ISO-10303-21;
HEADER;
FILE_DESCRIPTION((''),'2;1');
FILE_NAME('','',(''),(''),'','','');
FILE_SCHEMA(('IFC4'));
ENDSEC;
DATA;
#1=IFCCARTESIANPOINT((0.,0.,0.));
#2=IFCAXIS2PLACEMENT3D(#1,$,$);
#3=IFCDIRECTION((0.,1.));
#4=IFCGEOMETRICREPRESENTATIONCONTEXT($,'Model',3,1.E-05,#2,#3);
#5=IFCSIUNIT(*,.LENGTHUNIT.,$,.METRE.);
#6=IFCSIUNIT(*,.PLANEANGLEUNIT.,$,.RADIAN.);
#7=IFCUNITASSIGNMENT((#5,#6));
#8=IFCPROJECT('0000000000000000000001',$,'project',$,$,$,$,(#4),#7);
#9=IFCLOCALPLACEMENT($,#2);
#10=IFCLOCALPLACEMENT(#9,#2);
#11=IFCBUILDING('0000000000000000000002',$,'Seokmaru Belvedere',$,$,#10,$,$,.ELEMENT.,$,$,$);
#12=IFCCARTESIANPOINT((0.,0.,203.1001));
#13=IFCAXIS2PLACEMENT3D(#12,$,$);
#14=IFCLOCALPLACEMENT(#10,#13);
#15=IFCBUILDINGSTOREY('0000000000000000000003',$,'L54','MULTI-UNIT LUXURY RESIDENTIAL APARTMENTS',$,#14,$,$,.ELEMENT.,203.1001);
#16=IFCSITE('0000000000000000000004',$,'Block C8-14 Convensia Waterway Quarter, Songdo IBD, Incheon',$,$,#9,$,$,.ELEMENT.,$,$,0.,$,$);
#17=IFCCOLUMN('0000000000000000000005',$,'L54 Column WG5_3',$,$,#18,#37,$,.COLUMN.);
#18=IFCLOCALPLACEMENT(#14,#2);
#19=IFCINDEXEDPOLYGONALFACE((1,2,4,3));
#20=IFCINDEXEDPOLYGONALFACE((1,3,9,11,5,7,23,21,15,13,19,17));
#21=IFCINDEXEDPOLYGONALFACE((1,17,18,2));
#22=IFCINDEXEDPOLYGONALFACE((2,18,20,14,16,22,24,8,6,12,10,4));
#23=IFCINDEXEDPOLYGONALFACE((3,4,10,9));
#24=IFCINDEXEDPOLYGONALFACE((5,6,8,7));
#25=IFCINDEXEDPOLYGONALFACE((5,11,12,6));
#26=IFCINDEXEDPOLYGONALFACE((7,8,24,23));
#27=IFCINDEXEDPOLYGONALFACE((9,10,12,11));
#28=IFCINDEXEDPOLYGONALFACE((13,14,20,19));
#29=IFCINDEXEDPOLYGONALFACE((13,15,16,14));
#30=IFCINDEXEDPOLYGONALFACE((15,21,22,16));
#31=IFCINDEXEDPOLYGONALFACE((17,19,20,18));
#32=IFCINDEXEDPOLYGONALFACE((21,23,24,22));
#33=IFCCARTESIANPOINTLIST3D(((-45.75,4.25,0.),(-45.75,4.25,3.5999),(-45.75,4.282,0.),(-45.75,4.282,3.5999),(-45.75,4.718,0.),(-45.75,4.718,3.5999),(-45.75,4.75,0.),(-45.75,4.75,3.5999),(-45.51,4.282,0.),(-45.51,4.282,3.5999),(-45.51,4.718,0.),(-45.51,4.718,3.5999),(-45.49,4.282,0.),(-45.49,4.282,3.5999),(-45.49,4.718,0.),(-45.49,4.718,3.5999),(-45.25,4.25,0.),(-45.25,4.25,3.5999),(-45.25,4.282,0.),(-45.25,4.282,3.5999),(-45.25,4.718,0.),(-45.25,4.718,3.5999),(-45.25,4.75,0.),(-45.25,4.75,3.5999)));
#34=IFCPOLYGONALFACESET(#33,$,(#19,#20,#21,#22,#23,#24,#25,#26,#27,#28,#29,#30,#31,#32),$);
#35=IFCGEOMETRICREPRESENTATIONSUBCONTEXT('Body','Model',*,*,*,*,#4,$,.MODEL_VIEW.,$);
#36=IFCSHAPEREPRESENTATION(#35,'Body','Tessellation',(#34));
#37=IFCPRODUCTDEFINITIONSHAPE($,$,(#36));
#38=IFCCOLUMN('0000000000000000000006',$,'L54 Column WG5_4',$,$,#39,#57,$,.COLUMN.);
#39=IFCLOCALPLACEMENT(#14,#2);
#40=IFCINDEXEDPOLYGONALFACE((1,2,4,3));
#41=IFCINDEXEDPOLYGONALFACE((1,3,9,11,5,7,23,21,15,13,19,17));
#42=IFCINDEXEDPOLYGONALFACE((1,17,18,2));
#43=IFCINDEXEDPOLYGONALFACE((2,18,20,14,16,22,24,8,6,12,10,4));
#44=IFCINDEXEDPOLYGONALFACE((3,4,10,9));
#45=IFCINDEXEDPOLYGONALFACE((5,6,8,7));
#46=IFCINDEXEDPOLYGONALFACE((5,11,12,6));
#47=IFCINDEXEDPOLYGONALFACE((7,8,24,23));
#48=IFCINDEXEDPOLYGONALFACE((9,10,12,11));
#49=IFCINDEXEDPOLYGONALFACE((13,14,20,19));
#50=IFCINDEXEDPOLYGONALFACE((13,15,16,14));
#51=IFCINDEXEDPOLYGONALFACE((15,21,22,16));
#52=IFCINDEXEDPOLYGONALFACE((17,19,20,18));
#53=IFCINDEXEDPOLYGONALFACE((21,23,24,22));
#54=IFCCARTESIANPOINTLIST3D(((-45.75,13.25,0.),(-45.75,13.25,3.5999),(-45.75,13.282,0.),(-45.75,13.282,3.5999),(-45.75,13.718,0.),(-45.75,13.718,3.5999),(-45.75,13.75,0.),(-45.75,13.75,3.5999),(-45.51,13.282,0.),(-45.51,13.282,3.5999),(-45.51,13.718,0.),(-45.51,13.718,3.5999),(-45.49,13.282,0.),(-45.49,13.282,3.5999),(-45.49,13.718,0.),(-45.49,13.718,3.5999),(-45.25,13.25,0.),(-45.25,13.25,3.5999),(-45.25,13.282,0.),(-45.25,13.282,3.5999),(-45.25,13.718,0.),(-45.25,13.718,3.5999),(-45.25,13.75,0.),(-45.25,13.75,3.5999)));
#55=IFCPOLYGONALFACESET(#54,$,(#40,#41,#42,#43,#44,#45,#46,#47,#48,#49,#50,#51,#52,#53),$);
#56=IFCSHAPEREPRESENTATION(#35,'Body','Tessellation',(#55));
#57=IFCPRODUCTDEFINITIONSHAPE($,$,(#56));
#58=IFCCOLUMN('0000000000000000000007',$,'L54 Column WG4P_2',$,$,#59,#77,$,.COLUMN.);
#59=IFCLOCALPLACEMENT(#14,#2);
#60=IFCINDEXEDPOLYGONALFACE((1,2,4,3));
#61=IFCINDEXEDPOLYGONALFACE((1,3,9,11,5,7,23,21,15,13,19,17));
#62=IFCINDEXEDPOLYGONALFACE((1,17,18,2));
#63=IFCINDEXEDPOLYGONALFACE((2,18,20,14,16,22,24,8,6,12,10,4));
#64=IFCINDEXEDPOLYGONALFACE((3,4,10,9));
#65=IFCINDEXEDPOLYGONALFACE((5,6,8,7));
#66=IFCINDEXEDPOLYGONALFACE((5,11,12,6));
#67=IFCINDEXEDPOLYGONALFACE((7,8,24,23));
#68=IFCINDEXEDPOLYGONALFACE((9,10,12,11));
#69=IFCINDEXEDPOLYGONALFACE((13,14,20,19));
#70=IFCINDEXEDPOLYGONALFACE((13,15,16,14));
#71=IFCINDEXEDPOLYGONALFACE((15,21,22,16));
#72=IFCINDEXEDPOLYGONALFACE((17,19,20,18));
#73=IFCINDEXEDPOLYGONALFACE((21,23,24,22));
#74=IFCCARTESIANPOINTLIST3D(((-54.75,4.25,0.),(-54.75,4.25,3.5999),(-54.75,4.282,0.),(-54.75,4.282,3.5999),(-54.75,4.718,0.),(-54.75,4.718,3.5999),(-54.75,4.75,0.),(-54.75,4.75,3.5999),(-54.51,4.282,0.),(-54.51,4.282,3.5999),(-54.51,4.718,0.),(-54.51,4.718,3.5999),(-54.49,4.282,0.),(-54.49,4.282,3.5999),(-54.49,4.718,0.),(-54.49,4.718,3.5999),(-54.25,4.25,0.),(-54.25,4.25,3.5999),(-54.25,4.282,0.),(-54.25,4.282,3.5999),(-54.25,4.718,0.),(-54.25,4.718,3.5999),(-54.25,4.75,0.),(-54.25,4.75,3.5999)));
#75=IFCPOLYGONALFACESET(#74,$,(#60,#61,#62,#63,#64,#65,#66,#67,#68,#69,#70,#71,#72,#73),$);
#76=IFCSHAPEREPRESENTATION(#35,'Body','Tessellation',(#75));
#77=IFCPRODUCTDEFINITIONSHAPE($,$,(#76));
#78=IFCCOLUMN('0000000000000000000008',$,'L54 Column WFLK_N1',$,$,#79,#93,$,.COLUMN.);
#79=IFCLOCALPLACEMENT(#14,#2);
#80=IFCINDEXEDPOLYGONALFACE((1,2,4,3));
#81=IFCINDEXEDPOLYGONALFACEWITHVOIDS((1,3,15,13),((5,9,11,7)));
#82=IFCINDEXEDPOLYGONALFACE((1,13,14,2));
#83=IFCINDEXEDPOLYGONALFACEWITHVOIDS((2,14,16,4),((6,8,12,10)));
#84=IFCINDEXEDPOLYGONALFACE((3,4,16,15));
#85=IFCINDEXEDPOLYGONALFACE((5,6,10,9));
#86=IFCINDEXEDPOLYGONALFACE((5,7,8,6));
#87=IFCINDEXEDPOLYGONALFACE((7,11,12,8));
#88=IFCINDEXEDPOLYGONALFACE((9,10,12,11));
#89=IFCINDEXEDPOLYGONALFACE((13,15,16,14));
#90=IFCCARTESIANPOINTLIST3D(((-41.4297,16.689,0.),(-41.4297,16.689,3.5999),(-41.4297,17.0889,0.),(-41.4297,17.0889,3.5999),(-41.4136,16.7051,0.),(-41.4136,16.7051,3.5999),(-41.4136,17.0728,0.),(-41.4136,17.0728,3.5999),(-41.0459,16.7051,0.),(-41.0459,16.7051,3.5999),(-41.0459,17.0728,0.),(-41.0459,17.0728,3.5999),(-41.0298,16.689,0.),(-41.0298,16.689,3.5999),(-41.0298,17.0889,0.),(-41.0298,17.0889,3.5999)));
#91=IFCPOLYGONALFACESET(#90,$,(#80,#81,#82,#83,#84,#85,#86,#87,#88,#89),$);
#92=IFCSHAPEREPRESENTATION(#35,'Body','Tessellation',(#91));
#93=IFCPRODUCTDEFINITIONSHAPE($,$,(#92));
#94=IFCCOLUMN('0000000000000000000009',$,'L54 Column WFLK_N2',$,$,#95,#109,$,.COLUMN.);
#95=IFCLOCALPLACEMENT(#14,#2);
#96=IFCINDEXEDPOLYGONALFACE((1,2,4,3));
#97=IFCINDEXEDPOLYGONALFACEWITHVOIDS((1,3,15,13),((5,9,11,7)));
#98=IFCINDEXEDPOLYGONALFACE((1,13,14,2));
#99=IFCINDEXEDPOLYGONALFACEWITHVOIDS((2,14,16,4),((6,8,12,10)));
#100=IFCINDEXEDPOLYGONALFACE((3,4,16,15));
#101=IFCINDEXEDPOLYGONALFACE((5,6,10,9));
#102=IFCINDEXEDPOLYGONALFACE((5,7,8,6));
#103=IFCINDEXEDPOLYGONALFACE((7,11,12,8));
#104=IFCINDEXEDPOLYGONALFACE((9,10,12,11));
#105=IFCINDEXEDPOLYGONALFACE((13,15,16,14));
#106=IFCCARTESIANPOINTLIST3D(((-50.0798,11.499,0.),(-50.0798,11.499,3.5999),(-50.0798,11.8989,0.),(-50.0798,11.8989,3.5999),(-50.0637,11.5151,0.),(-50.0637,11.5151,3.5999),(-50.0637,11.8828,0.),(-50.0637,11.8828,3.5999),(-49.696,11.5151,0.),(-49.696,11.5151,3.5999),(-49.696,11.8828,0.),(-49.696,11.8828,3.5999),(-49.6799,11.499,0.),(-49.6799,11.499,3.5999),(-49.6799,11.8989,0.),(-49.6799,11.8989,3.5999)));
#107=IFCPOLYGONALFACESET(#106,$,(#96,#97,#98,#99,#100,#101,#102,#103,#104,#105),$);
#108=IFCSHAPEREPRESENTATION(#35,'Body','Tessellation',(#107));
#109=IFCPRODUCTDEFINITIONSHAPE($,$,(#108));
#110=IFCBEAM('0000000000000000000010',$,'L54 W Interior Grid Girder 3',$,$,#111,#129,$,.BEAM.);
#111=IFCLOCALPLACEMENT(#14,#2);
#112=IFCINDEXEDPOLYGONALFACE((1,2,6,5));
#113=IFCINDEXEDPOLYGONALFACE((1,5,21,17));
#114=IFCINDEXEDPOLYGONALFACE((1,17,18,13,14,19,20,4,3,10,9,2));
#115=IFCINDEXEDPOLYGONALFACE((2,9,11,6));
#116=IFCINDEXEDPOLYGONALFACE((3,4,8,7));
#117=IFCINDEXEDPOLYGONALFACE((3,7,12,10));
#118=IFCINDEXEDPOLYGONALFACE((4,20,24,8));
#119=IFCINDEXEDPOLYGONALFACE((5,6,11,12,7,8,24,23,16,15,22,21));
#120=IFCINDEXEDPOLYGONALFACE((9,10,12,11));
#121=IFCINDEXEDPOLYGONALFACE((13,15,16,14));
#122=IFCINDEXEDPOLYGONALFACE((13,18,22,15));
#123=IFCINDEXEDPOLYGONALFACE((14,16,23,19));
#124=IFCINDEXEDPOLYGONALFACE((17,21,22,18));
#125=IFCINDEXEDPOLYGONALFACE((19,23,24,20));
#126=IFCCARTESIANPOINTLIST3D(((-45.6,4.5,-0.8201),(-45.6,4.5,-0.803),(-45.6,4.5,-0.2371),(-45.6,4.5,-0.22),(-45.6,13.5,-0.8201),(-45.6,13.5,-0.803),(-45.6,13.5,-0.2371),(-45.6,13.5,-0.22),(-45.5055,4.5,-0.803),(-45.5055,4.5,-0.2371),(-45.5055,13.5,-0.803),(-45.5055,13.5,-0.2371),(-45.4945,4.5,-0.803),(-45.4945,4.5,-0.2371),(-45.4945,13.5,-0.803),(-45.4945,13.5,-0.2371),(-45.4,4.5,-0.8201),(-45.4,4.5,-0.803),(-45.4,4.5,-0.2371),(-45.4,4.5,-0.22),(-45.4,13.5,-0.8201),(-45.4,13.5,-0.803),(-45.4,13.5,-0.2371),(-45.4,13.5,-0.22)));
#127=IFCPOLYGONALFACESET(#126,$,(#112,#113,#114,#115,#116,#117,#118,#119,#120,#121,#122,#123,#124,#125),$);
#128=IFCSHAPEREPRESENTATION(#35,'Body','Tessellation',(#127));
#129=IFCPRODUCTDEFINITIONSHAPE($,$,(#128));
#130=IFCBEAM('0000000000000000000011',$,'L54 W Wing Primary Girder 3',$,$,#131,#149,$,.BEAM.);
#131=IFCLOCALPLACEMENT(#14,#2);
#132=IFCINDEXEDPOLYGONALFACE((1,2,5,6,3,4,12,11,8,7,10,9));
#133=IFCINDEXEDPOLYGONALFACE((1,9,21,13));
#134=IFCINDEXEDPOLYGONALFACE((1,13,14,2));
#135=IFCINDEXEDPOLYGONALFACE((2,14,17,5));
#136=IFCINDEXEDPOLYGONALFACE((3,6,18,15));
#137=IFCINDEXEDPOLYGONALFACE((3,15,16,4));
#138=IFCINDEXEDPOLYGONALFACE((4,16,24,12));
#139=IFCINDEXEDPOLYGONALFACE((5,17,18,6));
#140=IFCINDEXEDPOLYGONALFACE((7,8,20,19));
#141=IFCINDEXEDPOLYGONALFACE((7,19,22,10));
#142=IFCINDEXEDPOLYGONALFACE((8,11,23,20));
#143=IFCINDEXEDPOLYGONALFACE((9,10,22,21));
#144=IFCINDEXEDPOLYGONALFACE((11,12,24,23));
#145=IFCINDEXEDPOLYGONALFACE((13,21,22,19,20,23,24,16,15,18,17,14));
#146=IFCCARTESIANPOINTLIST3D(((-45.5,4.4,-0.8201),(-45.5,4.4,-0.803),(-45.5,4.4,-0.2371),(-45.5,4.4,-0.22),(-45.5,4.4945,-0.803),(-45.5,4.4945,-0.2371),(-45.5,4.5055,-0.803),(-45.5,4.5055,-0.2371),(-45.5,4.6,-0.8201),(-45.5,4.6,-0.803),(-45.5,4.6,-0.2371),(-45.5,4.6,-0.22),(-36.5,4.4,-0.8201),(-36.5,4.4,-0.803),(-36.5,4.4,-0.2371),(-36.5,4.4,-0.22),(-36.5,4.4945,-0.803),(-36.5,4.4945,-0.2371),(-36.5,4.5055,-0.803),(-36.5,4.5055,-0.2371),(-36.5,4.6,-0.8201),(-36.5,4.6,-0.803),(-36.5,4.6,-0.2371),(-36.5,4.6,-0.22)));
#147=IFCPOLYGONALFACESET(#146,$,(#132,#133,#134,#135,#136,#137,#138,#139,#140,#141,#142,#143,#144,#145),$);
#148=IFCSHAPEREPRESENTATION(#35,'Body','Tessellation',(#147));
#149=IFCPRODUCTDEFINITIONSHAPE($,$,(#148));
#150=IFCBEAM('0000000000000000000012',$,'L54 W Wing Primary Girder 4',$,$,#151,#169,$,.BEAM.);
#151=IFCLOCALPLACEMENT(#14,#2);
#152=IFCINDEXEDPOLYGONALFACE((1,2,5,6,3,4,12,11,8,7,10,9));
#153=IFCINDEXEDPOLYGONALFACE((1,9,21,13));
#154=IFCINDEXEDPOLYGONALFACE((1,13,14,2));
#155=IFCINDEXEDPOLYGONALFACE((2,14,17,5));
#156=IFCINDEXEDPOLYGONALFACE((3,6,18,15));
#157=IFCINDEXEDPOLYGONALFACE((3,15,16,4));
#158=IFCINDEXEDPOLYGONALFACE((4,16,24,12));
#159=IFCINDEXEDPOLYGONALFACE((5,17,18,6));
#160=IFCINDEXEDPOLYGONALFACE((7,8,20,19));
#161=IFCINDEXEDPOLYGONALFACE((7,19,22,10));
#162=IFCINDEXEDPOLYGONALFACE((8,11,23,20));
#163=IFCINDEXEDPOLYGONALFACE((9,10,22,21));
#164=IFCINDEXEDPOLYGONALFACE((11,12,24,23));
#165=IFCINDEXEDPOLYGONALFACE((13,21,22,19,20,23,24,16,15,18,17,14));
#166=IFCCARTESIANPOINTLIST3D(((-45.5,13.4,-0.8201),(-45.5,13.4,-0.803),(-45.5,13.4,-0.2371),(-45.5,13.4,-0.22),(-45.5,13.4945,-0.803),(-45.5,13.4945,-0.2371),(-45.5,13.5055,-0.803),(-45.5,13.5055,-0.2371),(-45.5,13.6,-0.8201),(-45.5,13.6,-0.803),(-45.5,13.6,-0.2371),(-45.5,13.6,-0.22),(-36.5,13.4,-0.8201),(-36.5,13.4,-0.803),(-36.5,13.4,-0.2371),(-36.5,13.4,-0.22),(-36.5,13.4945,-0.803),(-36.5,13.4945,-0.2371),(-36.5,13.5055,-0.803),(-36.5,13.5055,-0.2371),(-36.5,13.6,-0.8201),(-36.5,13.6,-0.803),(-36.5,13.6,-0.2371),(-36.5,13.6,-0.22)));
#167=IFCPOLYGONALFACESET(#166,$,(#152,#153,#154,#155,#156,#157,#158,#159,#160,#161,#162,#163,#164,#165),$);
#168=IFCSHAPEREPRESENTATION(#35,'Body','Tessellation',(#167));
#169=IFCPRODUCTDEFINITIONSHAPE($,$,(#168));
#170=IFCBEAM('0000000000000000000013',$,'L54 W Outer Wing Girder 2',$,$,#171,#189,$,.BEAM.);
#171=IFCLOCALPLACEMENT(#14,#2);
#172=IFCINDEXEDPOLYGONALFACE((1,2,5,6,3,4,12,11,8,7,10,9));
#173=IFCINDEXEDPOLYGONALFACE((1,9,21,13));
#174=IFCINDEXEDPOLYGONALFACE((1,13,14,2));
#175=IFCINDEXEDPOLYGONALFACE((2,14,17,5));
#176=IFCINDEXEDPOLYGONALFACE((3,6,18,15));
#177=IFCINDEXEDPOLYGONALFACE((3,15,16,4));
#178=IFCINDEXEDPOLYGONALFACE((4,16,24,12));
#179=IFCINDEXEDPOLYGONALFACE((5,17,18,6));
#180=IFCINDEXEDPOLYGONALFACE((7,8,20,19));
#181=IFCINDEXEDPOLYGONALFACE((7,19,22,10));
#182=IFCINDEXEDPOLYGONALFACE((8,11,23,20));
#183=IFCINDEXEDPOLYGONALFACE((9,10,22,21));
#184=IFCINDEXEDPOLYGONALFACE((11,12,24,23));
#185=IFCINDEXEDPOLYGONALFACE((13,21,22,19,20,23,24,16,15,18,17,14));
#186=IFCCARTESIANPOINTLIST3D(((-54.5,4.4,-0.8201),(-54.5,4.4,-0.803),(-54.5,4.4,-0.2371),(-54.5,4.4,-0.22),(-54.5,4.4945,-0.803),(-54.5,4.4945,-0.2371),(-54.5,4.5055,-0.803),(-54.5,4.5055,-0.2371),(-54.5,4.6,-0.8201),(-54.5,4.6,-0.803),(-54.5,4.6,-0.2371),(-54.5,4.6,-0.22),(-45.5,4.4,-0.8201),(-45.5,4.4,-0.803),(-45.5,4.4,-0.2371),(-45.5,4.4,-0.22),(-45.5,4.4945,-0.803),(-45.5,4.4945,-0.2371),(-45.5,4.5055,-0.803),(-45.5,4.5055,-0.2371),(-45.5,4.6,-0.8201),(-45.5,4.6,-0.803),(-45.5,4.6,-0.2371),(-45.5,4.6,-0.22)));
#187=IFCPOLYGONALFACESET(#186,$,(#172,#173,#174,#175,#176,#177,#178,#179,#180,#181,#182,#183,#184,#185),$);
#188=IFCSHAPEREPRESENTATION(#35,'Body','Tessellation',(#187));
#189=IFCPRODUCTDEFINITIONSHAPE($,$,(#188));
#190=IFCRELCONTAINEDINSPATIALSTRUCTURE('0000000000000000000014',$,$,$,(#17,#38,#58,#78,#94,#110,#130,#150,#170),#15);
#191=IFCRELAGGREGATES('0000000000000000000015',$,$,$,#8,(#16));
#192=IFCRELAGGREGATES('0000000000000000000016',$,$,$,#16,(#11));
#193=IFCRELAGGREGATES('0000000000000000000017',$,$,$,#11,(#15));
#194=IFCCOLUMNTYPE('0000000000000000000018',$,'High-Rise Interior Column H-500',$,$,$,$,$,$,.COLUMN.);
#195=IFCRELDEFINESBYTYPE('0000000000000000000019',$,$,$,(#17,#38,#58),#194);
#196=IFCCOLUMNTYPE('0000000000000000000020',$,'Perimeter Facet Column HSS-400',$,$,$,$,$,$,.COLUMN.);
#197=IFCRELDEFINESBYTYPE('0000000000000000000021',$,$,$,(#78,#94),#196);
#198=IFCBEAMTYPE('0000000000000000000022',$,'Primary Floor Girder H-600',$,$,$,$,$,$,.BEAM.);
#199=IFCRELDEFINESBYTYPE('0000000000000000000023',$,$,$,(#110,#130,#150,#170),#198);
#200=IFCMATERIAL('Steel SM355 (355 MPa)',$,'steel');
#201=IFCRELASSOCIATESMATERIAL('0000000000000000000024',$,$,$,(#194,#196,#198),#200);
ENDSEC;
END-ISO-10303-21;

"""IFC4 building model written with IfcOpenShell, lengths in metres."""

from ifc_helpers import new_model, si_unit, direction, frame, origin, origin_2d, place, context, subcontext, project, spatial, hollow_rectangle, i_section, extrude, source, transform, mapped, material, material_profile, profile_set, type_object, type_shapes, element, save


model = new_model("IFC4")

# Units and contexts
model_context = context("Model", 3, precision=1e-05, world=origin(), true_north=direction((0.0, 1.0)))
body_context = subcontext(model_context, "Body", "Model", "MODEL_VIEW")
ifc_project = project(units=[si_unit("LENGTHUNIT", "METRE"), si_unit("PLANEANGLEUNIT", "RADIAN")], contexts=[model_context])

# Site, building, storey
site_placement = place(None, origin())
site = spatial("IfcSite", under=ifc_project, at=site_placement, Name="Block C8-14 Convensia Waterway Quarter, Songdo IBD, Incheon", CompositionType="ELEMENT", RefElevation=0.0)
building_placement = place(site_placement, origin())
building = spatial("IfcBuilding", under=site, at=building_placement, Name="Seokmaru Belvedere", CompositionType="ELEMENT")
storey_placement = place(building_placement, frame((0.0, 0.0, 203.1001)))
storey = spatial("IfcBuildingStorey", under=building, at=storey_placement, Name="L54", Description="MULTI-UNIT LUXURY RESIDENTIAL APARTMENTS", CompositionType="ELEMENT", Elevation=203.1001)

# Columns
ifc_material_1 = material(Name="Steel SM355 (355 MPa)", Category="steel")
ifc_material_profile_1 = material_profile(ifc_material_1, i_section(OverallWidth=0.5, OverallDepth=0.5, WebThickness=0.02, FlangeThickness=0.032, at=origin_2d()), Name="H-500x500x20x32")
ifc_profile_set_1 = profile_set([ifc_material_profile_1], Name="Steel SM355 (355 MPa)")
column_type_1 = type_object("IfcColumnType", Name="High-Rise Interior Column H-500", PredefinedType="COLUMN", material=ifc_profile_set_1)
shared_shape_1 = source(origin(), body_context, "Body", "SweptSolid", [
    extrude(i_section(OverallWidth=0.5, OverallDepth=0.5, WebThickness=0.02, FlangeThickness=0.032, at=origin_2d()), origin(), (0.0, 0.0, 1.0), 3.5999),
])
type_shapes(column_type_1, [shared_shape_1])
for number, where, z_axis, x_axis, name in (
    (1, (-45.5, 4.5, 0.0), (0.0, 0.0, 1.0), (1.0, 0.0, 0.0), "L54 Column WG5_3"),
    (2, (-45.5, 13.5, 0.0), (0.0, 0.0, 1.0), (1.0, 0.0, 0.0), "L54 Column WG5_4"),
    (3, (-54.5, 4.5, 0.0), (0.0, 0.0, 1.0), (1.0, 0.0, 0.0), "L54 Column WG4P_2"),
):
    element("IfcColumn", number, at=place(storey_placement, frame(where, z_axis=z_axis, x_axis=x_axis)), inside=storey, type_object=column_type_1, Name=name, PredefinedType="COLUMN", context=body_context, shape_type="MappedRepresentation", body=[
        mapped(shared_shape_1, transform((0.0, 0.0, 0.0), scale=1.0)),
    ])
ifc_material_profile_2 = material_profile(ifc_material_1, hollow_rectangle(XDim=0.3999, YDim=0.3999, WallThickness=0.0161, at=origin_2d()), Name="HSS-400x400x16")
ifc_profile_set_2 = profile_set([ifc_material_profile_2], Name="Steel SM355 (355 MPa)")
column_type_2 = type_object("IfcColumnType", Name="Perimeter Facet Column HSS-400", PredefinedType="COLUMN", material=ifc_profile_set_2)
shared_shape_2 = source(origin(), body_context, "Body", "SweptSolid", [
    extrude(hollow_rectangle(XDim=0.3999, YDim=0.3999, WallThickness=0.0161, at=origin_2d()), origin(), (0.0, 0.0, 1.0), 3.5999),
])
type_shapes(column_type_2, [shared_shape_2])
for number, where, z_axis, x_axis, name in (
    (4, (-41.2297, 16.8889, 0.0), (0.0, 0.0, 1.0), (1.0, 0.0, 0.0), "L54 Column WFLK_N1"),
    (5, (-49.8799, 11.699, 0.0), (0.0, 0.0, 1.0), (1.0, 0.0, 0.0), "L54 Column WFLK_N2"),
):
    element("IfcColumn", number, at=place(storey_placement, frame(where, z_axis=z_axis, x_axis=x_axis)), inside=storey, type_object=column_type_2, Name=name, PredefinedType="COLUMN", context=body_context, shape_type="MappedRepresentation", body=[
        mapped(shared_shape_2, transform((0.0, 0.0, 0.0), scale=1.0)),
    ])

# Beams
ifc_material_profile_3 = material_profile(ifc_material_1, i_section(OverallWidth=0.2, OverallDepth=0.6001, WebThickness=0.011, FlangeThickness=0.0171, at=origin_2d()), Name="H-600x200x11x17")
ifc_profile_set_3 = profile_set([ifc_material_profile_3], Name="Steel SM355 (355 MPa)")
beam_type_1 = type_object("IfcBeamType", Name="Primary Floor Girder H-600", PredefinedType="BEAM", material=ifc_profile_set_3)
shared_shape_3 = source(origin(), body_context, "Body", "SweptSolid", [
    extrude(i_section(OverallWidth=0.2, OverallDepth=0.6001, WebThickness=0.011, FlangeThickness=0.0171, at=origin_2d()), origin(), (0.0, 0.0, 1.0), 9.0),
])
for number, where, z_axis, x_axis, name in (
    (6, (-45.5, 4.5, -0.52), (0.0, 1.0, 0.0), (-1.0, 0.0, 0.0), "L54 W Interior Grid Girder 3"),
    (7, (-45.5, 4.5, -0.52), (1.0, 0.0, 0.0), (0.0, 1.0, 0.0), "L54 W Wing Primary Girder 3"),
    (8, (-45.5, 13.5, -0.52), (1.0, 0.0, 0.0), (0.0, 1.0, 0.0), "L54 W Wing Primary Girder 4"),
    (9, (-54.5, 4.5, -0.52), (1.0, 0.0, 0.0), (0.0, 1.0, 0.0), "L54 W Outer Wing Girder 2"),
):
    element("IfcBeam", number, at=place(storey_placement, frame(where, z_axis=z_axis, x_axis=x_axis)), inside=storey, type_object=beam_type_1, Name=name, PredefinedType="BEAM", context=body_context, shape_type="MappedRepresentation", body=[
        mapped(shared_shape_3, transform((0.0, 0.0, 0.0), scale=1.0)),
    ])

save(model, "model.ifc")
